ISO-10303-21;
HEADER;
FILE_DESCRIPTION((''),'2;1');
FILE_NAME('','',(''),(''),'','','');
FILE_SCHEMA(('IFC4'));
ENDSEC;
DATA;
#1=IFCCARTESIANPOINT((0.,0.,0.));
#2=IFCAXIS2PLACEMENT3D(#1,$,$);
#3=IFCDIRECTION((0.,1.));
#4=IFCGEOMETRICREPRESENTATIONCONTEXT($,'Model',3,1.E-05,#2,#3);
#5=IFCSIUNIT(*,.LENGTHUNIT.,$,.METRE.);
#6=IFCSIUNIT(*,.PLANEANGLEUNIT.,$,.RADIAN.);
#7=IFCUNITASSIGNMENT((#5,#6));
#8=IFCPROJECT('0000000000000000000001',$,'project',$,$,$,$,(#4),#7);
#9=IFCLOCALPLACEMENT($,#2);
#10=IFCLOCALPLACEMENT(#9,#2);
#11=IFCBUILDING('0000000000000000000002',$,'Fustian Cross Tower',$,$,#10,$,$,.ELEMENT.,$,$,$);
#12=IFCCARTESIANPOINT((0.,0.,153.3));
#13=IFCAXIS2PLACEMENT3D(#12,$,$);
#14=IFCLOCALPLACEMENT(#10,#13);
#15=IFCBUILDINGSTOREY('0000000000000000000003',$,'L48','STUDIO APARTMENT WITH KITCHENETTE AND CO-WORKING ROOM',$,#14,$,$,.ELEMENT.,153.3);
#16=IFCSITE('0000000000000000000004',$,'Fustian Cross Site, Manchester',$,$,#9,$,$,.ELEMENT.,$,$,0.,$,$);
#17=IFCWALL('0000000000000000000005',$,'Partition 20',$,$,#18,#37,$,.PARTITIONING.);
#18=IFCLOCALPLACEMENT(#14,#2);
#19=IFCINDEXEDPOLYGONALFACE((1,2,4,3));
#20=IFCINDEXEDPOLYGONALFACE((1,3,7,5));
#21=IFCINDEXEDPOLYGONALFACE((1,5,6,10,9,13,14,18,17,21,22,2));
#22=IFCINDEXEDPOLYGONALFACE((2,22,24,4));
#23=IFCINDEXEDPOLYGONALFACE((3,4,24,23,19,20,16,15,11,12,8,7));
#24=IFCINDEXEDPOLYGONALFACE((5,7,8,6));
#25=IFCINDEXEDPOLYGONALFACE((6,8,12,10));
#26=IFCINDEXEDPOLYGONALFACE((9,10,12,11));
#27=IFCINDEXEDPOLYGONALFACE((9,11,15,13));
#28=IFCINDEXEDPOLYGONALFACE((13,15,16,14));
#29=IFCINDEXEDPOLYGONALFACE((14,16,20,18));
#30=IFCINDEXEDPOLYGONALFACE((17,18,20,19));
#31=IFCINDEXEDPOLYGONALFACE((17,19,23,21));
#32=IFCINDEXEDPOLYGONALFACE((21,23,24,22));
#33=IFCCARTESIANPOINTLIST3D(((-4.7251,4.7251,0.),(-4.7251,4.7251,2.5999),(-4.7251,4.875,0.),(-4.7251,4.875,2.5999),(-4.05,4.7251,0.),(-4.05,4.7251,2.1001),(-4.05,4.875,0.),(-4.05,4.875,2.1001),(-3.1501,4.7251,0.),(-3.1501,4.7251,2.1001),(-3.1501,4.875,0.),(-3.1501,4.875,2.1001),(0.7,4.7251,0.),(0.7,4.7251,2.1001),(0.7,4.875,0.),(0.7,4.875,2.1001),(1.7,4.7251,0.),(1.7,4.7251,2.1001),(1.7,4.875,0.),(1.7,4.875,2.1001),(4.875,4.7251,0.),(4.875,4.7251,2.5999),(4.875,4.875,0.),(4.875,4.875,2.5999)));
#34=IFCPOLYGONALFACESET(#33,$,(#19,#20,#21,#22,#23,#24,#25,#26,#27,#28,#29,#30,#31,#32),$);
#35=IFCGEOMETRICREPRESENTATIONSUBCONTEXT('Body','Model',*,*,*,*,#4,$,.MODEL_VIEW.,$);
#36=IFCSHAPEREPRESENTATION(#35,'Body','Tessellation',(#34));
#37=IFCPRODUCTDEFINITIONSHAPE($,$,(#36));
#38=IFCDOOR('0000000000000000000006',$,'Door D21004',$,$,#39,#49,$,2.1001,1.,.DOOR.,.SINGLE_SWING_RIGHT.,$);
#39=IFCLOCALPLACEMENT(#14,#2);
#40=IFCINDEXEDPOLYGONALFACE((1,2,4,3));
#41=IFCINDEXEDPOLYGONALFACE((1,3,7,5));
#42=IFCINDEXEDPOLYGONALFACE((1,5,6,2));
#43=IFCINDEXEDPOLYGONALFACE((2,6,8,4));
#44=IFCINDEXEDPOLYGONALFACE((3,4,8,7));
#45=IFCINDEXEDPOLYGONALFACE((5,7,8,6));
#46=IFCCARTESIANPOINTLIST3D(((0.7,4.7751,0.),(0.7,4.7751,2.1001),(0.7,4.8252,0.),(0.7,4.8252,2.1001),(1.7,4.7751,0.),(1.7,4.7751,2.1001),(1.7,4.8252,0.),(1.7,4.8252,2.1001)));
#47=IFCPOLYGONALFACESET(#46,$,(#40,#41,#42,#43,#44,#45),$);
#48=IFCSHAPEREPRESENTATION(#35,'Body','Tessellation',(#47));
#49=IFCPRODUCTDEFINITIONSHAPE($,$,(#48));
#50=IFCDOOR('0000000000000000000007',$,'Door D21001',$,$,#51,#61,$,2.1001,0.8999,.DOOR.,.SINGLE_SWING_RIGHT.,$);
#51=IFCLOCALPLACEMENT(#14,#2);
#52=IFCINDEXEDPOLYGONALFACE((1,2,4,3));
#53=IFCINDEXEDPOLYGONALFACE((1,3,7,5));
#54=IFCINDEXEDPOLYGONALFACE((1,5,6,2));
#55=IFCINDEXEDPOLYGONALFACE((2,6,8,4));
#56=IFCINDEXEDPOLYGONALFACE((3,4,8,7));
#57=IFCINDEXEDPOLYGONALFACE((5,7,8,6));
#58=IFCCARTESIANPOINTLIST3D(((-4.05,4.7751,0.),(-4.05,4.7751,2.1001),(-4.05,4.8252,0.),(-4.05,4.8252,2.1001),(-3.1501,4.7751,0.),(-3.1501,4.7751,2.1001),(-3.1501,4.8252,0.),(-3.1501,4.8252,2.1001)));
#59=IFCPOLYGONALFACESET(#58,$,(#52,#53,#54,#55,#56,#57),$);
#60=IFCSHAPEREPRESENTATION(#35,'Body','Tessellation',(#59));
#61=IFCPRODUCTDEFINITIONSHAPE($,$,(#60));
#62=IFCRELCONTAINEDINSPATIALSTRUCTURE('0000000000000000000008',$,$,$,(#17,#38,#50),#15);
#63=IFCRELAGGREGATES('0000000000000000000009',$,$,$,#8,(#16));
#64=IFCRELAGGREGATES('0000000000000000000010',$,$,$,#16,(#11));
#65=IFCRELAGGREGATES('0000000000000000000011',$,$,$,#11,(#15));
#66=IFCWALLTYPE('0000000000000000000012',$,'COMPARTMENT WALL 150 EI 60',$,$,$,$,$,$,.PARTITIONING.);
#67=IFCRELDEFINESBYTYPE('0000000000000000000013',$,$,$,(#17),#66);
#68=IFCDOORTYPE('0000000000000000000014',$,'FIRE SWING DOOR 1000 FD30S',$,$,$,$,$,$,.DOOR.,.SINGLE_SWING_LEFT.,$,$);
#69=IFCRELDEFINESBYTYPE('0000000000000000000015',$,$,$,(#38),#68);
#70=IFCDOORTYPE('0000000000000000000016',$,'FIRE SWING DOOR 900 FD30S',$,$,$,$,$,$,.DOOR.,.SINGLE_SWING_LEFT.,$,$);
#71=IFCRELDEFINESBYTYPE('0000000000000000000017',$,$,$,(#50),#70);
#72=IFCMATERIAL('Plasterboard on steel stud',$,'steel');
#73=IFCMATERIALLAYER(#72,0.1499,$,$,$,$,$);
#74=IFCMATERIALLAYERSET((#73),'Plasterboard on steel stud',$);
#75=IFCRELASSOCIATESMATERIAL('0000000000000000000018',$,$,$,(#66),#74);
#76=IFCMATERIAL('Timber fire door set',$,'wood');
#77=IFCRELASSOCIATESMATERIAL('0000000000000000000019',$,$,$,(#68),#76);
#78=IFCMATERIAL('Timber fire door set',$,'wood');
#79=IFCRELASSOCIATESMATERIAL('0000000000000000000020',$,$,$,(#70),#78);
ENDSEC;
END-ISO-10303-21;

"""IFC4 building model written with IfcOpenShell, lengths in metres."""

from ifc_helpers import new_model, si_unit, direction, frame, frame_2d, origin, place, context, subcontext, project, spatial, rectangle, extrude, material, layer, layer_set, type_object, element, fill, save


model = new_model("IFC4")

# Units and contexts
model_context = context("Model", 3, precision=1e-05, world=origin(), true_north=direction((0.0, 1.0)))
body_context = subcontext(model_context, "Body", "Model", "MODEL_VIEW")
ifc_project = project(units=[si_unit("LENGTHUNIT", "METRE"), si_unit("PLANEANGLEUNIT", "RADIAN")], contexts=[model_context])

# Site, building, storey
site_placement = place(None, origin())
site = spatial("IfcSite", under=ifc_project, at=site_placement, Name="Fustian Cross Site, Manchester", CompositionType="ELEMENT", RefElevation=0.0)
building_placement = place(site_placement, origin())
building = spatial("IfcBuilding", under=site, at=building_placement, Name="Fustian Cross Tower", CompositionType="ELEMENT")
storey_placement = place(building_placement, frame((0.0, 0.0, 153.3)))
storey = spatial("IfcBuildingStorey", under=building, at=storey_placement, Name="L48", Description="STUDIO APARTMENT WITH KITCHENETTE AND CO-WORKING ROOM", CompositionType="ELEMENT", Elevation=153.3)

# Shared definitions
ifc_material_1 = material(Name="Plasterboard on steel stud", Category="steel")
ifc_layer_1 = layer(ifc_material_1, 0.1499)
ifc_layer_set_1 = layer_set([ifc_layer_1], Name="Plasterboard on steel stud")
wall_type_1 = type_object("IfcWallType", Name="COMPARTMENT WALL 150 EI 60", PredefinedType="PARTITIONING", material=ifc_layer_set_1)

# Wall, openings, doors
wall_1_placement = place(storey_placement, frame((-4.7251, 4.8, 0.0), z_axis=(0.0, 0.0, 1.0), x_axis=(1.0, 0.0, 0.0)))
wall_1 = element("IfcWall", 1, at=wall_1_placement, inside=storey, type_object=wall_type_1, Name="Partition 20", PredefinedType="PARTITIONING", context=body_context, shape_type="SweptSolid", body=[
    extrude(rectangle(XDim=9.6001, YDim=0.1499, at=frame_2d((4.8, 0.0))), origin(), (0.0, 0.0, 1.0), 2.5999),
])
opening_1_placement = place(wall_1_placement, frame((0.675, 0.0, 0.0)))
opening_1 = element("IfcOpeningElement", 2, at=opening_1_placement, cuts=wall_1, PredefinedType="OPENING", context=body_context, shape_type="SweptSolid", body=[
    extrude(rectangle(XDim=0.8999, YDim=2.1001, at=frame_2d((0.45, 1.05))), frame((0.0, 0.085, 0.0), z_axis=(0.0, -1.0, 0.0), x_axis=(1.0, 0.0, 0.0)), (0.0, 0.0, 1.0), 0.1699),
])
opening_2_placement = place(wall_1_placement, frame((5.425, 0.0, 0.0)))
opening_2 = element("IfcOpeningElement", 3, at=opening_2_placement, cuts=wall_1, PredefinedType="OPENING", context=body_context, shape_type="SweptSolid", body=[
    extrude(rectangle(XDim=1.0, YDim=2.1001, at=frame_2d((0.5, 1.05))), frame((0.0, 0.085, 0.0), z_axis=(0.0, -1.0, 0.0), x_axis=(1.0, 0.0, 0.0)), (0.0, 0.0, 1.0), 0.1699),
])
ifc_material_2 = material(Name="Timber fire door set", Category="wood")
door_type_1 = type_object("IfcDoorType", Name="FIRE SWING DOOR 1000 FD30S", OperationType="SINGLE_SWING_LEFT", PredefinedType="DOOR", material=ifc_material_2)
door_1_placement = place(opening_2_placement, frame((1.0, 0.0, 0.0), z_axis=(0.0, 0.0, 1.0), x_axis=(-1.0, 0.0, 0.0)))
door_1 = element("IfcDoor", 4, at=door_1_placement, inside=storey, type_object=door_type_1, Name="Door D21004", OperationType="SINGLE_SWING_RIGHT", OverallHeight=2.1001, OverallWidth=1.0, PredefinedType="DOOR", context=body_context, shape_type="SweptSolid", body=[
    extrude(rectangle(XDim=1.0, YDim=2.1001, at=frame_2d((0.5, 1.05))), frame((0.0, 0.0249, 0.0), z_axis=(0.0, -1.0, 0.0), x_axis=(1.0, 0.0, 0.0)), (0.0, 0.0, 1.0), 0.05),
])
fill(opening_2, door_1)
ifc_material_3 = material(Name="Timber fire door set", Category="wood")
door_type_2 = type_object("IfcDoorType", Name="FIRE SWING DOOR 900 FD30S", OperationType="SINGLE_SWING_LEFT", PredefinedType="DOOR", material=ifc_material_3)
door_2_placement = place(opening_1_placement, frame((0.8999, 0.0, 0.0), z_axis=(0.0, 0.0, 1.0), x_axis=(-1.0, 0.0, 0.0)))
door_2 = element("IfcDoor", 5, at=door_2_placement, inside=storey, type_object=door_type_2, Name="Door D21001", OperationType="SINGLE_SWING_RIGHT", OverallHeight=2.1001, OverallWidth=0.8999, PredefinedType="DOOR", context=body_context, shape_type="SweptSolid", body=[
    extrude(rectangle(XDim=0.8999, YDim=2.1001, at=frame_2d((0.45, 1.05))), frame((0.0, 0.0249, 0.0), z_axis=(0.0, -1.0, 0.0), x_axis=(1.0, 0.0, 0.0)), (0.0, 0.0, 1.0), 0.05),
])
fill(opening_1, door_2)

save(model, "model.ifc")
